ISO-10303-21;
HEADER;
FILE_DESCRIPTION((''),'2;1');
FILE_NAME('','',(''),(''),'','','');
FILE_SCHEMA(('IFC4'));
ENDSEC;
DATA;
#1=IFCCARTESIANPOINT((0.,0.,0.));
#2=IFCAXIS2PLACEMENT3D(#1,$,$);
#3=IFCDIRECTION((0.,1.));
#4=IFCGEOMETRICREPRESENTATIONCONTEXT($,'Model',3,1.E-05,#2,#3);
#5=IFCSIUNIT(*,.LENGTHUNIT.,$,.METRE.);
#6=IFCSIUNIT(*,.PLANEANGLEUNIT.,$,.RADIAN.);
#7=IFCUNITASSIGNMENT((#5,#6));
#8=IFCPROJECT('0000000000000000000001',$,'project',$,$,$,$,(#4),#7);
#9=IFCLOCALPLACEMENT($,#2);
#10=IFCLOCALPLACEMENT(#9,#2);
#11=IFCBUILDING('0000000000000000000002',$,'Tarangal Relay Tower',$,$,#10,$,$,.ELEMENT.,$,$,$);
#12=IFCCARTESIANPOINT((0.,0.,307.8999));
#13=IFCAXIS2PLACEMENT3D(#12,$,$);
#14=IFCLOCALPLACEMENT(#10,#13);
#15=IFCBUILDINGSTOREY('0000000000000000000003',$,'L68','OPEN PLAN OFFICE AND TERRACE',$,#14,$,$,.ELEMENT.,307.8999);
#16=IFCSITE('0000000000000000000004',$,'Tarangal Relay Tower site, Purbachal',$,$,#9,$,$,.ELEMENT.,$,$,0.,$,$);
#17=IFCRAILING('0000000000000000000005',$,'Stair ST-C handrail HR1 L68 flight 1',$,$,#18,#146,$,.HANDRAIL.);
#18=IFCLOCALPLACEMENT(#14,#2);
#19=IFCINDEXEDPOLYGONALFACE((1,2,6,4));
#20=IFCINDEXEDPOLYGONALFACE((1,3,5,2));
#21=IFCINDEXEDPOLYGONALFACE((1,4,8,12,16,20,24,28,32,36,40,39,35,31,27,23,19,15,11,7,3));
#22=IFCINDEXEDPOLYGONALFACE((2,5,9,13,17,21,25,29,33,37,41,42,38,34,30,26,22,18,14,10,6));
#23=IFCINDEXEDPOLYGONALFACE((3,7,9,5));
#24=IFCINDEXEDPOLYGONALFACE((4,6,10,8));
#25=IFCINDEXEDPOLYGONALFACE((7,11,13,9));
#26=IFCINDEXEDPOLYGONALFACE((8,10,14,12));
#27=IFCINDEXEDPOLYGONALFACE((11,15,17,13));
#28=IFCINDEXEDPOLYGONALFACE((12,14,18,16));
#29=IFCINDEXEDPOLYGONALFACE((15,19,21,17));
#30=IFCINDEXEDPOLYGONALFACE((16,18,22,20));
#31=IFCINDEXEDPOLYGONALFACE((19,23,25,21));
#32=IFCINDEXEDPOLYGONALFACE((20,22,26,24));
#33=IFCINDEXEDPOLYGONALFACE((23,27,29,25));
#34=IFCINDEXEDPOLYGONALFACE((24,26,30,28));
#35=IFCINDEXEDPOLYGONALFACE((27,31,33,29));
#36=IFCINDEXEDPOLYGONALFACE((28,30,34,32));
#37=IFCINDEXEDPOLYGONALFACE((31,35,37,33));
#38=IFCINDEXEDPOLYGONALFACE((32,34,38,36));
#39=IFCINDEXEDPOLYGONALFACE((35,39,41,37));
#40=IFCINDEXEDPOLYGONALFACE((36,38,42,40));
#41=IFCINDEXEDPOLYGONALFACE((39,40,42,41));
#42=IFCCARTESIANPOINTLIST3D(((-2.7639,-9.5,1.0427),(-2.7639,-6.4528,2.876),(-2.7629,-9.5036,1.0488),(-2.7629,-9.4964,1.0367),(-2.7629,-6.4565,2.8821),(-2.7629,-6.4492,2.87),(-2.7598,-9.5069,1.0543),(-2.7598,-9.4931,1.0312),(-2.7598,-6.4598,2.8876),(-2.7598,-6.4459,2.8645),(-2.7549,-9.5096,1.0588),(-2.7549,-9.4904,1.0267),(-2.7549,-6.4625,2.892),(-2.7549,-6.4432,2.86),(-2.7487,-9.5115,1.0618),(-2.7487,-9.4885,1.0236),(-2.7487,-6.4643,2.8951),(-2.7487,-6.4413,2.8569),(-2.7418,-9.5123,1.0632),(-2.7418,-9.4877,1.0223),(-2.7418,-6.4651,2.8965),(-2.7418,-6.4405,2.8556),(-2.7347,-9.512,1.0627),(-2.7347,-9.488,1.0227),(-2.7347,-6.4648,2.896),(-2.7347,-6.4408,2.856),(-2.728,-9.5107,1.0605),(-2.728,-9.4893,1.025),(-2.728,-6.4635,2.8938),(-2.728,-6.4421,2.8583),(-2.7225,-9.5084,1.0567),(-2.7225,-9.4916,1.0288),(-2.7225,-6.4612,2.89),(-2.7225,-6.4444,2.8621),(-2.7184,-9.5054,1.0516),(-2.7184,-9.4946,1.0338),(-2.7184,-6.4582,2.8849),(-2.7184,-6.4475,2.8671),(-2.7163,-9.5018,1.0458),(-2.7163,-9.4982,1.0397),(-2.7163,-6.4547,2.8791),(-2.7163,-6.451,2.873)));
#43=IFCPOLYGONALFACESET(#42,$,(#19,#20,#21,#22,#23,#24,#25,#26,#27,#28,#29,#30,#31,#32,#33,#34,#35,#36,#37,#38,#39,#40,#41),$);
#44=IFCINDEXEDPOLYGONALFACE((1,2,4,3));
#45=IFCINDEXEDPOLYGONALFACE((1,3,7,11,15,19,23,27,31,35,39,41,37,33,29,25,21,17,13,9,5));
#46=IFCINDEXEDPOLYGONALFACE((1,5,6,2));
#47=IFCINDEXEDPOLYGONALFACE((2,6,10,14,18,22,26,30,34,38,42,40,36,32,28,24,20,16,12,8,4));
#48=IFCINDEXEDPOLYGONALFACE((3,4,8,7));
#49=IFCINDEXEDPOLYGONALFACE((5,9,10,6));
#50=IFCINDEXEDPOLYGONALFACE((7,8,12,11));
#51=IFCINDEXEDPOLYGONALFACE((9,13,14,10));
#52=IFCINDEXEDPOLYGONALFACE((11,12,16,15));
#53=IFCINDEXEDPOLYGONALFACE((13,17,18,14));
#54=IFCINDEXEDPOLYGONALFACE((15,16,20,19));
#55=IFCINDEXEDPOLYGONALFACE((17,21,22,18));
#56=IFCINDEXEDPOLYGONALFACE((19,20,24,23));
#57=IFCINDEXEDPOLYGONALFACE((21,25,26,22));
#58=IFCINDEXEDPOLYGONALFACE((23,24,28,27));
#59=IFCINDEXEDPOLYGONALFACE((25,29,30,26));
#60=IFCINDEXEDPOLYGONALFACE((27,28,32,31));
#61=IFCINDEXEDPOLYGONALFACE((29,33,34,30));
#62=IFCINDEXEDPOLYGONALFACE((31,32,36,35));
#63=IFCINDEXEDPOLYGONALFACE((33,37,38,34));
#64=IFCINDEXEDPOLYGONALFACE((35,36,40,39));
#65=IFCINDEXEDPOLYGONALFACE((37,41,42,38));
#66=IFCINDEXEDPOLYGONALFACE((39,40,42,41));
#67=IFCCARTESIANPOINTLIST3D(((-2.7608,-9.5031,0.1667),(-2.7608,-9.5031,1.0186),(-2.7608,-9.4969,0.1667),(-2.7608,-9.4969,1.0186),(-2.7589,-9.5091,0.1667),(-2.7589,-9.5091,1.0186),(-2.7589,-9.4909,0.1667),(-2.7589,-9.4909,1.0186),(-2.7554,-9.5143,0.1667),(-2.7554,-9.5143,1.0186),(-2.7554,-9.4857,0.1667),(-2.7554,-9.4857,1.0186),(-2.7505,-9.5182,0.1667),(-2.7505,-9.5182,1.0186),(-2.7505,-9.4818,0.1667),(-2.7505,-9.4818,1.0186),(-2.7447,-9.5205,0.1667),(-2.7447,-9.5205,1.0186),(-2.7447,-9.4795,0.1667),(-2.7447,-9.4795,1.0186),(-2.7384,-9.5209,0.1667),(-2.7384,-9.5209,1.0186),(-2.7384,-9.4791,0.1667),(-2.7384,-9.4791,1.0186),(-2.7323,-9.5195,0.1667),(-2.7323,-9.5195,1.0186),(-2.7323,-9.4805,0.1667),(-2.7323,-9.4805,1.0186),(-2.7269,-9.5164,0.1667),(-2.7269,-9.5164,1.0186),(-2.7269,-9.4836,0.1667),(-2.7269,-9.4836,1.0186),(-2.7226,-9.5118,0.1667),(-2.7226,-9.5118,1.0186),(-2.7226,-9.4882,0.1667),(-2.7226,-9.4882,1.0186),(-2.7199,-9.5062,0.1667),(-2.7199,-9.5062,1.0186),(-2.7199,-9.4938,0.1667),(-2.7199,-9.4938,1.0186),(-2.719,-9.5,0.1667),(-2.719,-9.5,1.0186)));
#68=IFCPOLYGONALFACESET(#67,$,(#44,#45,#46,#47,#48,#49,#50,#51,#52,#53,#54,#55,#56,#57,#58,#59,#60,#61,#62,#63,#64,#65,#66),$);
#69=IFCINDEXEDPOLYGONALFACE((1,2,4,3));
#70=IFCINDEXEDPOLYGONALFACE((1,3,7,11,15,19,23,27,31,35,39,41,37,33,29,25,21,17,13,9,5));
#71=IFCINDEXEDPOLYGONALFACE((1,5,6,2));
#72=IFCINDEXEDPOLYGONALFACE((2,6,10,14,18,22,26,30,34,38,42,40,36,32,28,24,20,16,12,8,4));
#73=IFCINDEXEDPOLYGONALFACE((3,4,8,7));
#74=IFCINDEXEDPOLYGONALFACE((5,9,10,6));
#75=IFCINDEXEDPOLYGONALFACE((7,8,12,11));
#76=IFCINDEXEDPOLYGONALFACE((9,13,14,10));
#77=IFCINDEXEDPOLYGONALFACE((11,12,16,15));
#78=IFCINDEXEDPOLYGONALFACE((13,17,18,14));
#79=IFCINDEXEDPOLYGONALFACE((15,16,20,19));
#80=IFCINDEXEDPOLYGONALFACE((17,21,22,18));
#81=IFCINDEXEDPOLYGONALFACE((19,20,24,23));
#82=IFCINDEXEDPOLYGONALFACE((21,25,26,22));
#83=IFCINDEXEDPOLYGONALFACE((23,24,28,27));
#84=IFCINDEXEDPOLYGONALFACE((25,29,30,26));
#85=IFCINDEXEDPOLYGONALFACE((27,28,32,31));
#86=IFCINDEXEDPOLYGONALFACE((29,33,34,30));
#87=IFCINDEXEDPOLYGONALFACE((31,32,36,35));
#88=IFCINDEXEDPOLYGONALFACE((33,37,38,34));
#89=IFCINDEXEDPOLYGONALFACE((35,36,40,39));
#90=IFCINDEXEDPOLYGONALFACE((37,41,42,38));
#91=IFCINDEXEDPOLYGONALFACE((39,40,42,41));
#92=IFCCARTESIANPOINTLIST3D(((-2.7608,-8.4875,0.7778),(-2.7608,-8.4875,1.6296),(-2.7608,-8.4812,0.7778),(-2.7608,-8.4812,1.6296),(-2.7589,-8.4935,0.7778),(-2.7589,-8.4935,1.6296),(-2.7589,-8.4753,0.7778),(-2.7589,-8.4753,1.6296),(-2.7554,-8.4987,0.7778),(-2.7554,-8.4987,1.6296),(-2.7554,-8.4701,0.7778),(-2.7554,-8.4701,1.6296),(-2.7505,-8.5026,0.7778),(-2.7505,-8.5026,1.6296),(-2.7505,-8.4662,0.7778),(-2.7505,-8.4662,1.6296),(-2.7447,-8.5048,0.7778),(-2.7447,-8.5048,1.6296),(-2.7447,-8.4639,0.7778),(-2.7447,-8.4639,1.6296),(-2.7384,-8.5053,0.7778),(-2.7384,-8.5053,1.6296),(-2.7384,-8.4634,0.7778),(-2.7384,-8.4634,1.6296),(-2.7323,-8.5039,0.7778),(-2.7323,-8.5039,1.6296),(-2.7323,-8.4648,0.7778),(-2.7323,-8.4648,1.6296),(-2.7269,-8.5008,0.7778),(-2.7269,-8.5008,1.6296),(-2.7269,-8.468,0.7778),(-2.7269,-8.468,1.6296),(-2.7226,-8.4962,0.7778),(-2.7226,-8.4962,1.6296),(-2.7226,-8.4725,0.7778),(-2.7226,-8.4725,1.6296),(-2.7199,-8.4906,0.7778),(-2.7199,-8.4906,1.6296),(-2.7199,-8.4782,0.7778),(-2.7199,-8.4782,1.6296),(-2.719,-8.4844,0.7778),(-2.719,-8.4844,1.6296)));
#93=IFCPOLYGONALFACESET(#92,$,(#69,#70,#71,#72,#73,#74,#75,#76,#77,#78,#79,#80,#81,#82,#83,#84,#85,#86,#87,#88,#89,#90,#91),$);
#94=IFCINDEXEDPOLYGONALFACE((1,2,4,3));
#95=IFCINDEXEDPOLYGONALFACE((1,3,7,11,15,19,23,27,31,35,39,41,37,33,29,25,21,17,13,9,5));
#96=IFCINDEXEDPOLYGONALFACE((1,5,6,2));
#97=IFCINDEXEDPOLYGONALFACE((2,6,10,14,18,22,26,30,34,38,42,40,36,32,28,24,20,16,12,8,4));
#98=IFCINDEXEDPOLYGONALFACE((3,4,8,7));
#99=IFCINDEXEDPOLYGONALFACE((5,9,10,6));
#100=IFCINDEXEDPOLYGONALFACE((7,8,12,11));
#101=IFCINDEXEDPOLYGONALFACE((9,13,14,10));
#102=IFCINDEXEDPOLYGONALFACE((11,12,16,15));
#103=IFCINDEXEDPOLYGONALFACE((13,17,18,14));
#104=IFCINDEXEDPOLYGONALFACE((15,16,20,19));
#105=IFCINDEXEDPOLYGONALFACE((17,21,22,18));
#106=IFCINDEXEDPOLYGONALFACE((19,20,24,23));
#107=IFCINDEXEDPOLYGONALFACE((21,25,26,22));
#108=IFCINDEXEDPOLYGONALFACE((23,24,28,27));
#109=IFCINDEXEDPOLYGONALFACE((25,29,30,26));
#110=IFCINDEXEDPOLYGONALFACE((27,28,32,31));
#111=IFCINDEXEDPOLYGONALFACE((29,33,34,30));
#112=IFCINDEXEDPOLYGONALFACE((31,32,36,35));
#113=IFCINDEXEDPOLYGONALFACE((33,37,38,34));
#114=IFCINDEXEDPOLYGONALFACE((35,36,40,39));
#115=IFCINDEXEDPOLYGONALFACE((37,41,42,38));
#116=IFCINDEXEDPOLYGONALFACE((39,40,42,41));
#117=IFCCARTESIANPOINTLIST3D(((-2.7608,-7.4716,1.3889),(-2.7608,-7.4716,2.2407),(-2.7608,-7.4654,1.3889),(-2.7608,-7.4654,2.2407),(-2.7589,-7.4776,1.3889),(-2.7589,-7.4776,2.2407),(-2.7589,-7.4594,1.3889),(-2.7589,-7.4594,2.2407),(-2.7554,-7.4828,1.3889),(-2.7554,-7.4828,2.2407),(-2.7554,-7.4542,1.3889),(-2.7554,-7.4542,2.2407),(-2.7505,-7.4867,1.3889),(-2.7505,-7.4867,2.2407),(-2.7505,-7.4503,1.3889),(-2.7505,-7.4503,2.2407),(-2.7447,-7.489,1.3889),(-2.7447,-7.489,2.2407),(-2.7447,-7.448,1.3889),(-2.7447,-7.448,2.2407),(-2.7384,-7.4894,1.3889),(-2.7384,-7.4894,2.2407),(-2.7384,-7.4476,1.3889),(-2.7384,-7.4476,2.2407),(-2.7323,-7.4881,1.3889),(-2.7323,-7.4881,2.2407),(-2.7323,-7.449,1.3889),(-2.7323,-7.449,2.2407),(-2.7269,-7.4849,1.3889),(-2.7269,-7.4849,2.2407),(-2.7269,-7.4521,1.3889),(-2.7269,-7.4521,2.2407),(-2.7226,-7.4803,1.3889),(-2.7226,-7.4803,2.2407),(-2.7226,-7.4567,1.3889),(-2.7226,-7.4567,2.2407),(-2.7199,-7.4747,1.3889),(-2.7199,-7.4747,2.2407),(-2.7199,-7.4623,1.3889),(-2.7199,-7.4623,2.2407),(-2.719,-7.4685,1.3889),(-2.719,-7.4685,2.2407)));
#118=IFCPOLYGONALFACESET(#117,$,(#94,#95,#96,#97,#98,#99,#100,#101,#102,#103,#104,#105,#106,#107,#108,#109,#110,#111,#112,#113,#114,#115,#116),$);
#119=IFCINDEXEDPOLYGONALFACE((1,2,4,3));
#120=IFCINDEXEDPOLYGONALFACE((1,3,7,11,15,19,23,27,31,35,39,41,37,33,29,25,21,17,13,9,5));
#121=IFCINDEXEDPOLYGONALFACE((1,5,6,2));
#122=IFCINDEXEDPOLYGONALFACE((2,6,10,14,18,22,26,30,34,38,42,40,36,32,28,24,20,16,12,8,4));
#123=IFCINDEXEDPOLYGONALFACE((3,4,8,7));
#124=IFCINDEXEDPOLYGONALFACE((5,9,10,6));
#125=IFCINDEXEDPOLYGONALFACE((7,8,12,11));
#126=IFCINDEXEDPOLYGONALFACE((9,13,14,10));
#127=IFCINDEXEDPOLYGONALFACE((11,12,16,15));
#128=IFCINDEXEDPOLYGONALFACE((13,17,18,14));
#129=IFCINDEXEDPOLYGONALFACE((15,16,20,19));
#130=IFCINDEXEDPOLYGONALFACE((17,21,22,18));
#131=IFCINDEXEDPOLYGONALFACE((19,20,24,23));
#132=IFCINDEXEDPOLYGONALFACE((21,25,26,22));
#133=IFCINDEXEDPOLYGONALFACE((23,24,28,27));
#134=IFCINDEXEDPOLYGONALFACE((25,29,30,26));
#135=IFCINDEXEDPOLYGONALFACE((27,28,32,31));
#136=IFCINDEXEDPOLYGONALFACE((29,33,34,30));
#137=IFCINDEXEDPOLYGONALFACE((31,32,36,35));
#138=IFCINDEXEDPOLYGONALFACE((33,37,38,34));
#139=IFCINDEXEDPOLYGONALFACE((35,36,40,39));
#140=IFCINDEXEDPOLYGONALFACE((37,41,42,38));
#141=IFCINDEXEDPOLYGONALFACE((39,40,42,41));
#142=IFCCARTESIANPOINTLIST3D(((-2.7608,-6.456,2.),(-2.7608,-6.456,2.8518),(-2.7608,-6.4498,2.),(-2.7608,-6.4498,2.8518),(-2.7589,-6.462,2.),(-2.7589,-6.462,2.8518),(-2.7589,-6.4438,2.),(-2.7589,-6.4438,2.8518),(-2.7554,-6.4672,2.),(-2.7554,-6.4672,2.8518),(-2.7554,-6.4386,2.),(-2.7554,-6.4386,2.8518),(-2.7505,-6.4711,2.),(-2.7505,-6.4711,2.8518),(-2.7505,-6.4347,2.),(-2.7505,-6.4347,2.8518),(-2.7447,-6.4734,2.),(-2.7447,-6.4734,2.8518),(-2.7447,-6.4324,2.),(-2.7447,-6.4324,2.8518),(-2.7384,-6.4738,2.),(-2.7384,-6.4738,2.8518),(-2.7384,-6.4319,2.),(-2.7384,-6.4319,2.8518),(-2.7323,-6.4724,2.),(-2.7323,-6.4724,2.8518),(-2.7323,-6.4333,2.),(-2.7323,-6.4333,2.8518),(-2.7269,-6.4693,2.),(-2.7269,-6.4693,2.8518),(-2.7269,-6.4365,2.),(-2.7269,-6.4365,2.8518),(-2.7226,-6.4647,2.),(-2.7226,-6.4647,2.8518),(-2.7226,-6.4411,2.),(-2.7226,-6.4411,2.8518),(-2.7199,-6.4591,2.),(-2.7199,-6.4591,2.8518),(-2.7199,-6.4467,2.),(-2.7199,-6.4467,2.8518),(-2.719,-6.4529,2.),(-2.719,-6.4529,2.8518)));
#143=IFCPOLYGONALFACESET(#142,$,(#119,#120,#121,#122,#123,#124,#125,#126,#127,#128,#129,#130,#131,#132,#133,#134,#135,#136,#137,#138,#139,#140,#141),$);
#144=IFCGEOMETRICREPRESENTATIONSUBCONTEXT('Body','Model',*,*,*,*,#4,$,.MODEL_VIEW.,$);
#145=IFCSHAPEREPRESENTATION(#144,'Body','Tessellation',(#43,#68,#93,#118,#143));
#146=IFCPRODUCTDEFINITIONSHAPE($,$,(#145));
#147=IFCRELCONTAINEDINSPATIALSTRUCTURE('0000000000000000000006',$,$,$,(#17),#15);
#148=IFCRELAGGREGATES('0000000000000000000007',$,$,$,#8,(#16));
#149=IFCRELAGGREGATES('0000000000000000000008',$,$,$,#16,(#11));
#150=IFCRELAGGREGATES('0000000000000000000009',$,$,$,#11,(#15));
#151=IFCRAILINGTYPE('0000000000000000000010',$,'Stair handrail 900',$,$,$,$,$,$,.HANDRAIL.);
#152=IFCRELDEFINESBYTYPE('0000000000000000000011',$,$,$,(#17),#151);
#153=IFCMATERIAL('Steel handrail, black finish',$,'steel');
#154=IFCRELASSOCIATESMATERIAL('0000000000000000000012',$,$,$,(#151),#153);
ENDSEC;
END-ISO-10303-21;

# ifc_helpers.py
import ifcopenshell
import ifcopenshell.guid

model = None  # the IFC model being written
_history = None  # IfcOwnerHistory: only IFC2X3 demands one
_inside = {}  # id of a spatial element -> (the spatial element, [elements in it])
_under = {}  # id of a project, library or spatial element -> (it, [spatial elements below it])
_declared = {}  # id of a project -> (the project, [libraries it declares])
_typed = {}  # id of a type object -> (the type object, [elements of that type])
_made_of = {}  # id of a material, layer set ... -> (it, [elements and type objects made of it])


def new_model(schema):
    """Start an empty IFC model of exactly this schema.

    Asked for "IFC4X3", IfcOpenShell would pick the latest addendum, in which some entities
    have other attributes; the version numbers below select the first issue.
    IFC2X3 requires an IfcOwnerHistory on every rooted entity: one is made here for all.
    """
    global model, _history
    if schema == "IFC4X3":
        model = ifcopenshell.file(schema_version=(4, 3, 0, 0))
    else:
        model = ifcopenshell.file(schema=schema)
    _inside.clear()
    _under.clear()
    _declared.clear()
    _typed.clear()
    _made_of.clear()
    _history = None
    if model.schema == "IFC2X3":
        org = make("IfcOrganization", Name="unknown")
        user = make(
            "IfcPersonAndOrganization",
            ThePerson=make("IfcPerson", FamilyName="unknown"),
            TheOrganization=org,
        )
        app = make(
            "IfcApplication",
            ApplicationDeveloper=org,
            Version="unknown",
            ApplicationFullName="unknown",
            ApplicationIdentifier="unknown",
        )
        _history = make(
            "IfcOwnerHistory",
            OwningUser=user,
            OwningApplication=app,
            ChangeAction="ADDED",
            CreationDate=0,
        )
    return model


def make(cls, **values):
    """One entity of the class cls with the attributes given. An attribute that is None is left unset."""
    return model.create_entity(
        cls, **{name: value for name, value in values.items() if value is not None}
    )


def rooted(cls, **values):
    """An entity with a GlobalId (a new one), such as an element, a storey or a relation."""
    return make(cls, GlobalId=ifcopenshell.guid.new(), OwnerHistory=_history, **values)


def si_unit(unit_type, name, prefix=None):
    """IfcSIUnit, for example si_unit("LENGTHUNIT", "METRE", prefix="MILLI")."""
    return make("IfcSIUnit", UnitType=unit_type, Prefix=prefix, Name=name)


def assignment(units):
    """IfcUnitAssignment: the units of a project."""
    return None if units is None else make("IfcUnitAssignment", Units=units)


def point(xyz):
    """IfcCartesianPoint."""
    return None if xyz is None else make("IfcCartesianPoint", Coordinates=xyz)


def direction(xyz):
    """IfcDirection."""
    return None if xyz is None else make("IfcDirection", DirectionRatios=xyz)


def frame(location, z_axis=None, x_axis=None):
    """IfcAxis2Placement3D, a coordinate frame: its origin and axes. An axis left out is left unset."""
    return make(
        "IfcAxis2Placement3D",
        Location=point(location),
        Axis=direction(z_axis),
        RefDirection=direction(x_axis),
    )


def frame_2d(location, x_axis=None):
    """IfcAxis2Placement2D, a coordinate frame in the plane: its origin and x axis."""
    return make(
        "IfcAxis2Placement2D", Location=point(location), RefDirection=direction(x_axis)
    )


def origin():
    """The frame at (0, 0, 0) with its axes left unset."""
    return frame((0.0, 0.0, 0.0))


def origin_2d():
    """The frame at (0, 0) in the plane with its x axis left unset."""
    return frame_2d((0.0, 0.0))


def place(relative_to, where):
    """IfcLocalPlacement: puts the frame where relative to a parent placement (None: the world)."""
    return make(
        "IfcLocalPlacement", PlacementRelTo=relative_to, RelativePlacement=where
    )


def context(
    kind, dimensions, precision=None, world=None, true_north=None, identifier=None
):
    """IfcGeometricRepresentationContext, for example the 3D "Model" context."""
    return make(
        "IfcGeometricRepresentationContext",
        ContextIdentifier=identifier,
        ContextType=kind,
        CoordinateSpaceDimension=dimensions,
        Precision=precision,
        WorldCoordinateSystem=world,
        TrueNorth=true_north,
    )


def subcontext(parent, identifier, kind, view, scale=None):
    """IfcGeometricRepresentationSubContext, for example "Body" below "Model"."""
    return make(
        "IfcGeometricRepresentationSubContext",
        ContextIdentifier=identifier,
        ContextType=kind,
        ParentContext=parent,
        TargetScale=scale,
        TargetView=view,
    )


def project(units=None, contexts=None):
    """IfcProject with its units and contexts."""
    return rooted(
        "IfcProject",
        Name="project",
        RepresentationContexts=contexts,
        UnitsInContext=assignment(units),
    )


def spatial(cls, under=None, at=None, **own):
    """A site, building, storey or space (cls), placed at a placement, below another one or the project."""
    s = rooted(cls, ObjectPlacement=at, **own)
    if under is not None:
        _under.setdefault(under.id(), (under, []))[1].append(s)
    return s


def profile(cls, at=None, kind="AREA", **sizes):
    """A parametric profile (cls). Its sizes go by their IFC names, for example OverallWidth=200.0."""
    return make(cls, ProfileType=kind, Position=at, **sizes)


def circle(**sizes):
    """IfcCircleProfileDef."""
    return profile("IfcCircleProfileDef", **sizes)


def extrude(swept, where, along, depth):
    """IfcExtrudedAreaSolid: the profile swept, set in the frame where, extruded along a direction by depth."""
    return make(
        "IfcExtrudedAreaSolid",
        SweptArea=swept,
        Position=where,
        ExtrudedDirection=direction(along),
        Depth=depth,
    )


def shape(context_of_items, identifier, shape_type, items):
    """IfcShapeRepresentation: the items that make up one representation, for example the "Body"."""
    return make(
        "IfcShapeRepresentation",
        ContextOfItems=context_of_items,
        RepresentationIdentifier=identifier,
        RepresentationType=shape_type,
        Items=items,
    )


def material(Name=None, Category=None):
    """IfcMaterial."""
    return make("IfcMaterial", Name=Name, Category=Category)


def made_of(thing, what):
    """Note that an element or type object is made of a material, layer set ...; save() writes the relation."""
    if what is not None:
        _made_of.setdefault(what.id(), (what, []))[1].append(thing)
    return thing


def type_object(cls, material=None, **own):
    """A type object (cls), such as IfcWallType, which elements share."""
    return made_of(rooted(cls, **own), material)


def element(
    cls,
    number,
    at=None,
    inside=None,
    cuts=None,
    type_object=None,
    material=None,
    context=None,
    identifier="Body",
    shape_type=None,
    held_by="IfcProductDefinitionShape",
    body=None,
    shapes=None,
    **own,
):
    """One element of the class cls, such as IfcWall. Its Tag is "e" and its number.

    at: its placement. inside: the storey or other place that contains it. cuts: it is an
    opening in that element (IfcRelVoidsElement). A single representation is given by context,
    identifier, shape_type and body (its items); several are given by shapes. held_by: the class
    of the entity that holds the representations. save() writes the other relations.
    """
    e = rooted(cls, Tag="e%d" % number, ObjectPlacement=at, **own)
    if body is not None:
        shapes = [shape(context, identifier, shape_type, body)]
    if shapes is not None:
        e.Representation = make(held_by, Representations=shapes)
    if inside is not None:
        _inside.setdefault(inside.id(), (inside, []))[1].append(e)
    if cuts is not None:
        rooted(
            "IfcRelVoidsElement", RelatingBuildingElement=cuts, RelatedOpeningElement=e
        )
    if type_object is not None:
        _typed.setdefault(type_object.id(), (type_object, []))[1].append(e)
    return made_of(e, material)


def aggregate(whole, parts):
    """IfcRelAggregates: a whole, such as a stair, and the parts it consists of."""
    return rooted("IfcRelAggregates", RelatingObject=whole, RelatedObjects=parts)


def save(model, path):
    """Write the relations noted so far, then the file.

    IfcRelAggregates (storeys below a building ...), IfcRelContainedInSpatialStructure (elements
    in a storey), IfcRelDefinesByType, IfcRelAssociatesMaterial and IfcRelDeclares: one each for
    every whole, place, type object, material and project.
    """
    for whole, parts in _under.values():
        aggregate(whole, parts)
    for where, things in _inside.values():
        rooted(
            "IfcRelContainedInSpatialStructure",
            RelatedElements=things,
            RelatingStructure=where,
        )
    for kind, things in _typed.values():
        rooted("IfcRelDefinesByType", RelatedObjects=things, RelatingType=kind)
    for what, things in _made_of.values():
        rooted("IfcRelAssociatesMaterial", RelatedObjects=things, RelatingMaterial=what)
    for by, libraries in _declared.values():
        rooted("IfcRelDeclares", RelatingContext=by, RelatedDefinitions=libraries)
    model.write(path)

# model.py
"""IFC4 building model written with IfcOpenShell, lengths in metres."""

from ifc_helpers import new_model, si_unit, direction, frame, origin, origin_2d, place, context, subcontext, project, spatial, circle, extrude, material, type_object, element, save


model = new_model("IFC4")

# Units and contexts
model_context = context("Model", 3, precision=1e-05, world=origin(), true_north=direction((0.0, 1.0)))
body_context = subcontext(model_context, "Body", "Model", "MODEL_VIEW")
ifc_project = project(units=[si_unit("LENGTHUNIT", "METRE"), si_unit("PLANEANGLEUNIT", "RADIAN")], contexts=[model_context])

# Site, building, storey
site_placement = place(None, origin())
site = spatial("IfcSite", under=ifc_project, at=site_placement, Name="Tarangal Relay Tower site, Purbachal", CompositionType="ELEMENT", RefElevation=0.0)
building_placement = place(site_placement, origin())
building = spatial("IfcBuilding", under=site, at=building_placement, Name="Tarangal Relay Tower", CompositionType="ELEMENT")
storey_placement = place(building_placement, frame((0.0, 0.0, 307.8999)))
storey = spatial("IfcBuildingStorey", under=building, at=storey_placement, Name="L68", Description="OPEN PLAN OFFICE AND TERRACE", CompositionType="ELEMENT", Elevation=307.8999)

# Railing
ifc_material_1 = material(Name="Steel handrail, black finish", Category="steel")
railing_type_1 = type_object("IfcRailingType", Name="Stair handrail 900", PredefinedType="HANDRAIL", material=ifc_material_1)
railing_1_placement = place(storey_placement, frame((-2.74, -9.5, 0.1667)))
element("IfcRailing", 1, at=railing_1_placement, inside=storey, type_object=railing_type_1, Name="Stair ST-C handrail HR1 L68 flight 1", PredefinedType="HANDRAIL", context=body_context, shape_type="SweptSolid", body=[
    extrude(circle(Radius=0.0239, at=origin_2d()), frame((0.0, 0.0, 0.876), z_axis=(0.0, 0.856874, 0.515525), x_axis=(-1.0, 0.0, 0.0)), (0.0, 0.0, 1.0), 3.5562),
    extrude(circle(Radius=0.021, at=origin_2d()), origin(), (0.0, 0.0, 1.0), 0.8518),
    extrude(circle(Radius=0.021, at=origin_2d()), frame((0.0, 1.0156, 0.6111)), (0.0, 0.0, 1.0), 0.8518),
    extrude(circle(Radius=0.021, at=origin_2d()), frame((0.0, 2.0315, 1.2222)), (0.0, 0.0, 1.0), 0.8518),
    extrude(circle(Radius=0.021, at=origin_2d()), frame((0.0, 3.0471, 1.8333)), (0.0, 0.0, 1.0), 0.8518),
])

save(model, "model.ifc")
